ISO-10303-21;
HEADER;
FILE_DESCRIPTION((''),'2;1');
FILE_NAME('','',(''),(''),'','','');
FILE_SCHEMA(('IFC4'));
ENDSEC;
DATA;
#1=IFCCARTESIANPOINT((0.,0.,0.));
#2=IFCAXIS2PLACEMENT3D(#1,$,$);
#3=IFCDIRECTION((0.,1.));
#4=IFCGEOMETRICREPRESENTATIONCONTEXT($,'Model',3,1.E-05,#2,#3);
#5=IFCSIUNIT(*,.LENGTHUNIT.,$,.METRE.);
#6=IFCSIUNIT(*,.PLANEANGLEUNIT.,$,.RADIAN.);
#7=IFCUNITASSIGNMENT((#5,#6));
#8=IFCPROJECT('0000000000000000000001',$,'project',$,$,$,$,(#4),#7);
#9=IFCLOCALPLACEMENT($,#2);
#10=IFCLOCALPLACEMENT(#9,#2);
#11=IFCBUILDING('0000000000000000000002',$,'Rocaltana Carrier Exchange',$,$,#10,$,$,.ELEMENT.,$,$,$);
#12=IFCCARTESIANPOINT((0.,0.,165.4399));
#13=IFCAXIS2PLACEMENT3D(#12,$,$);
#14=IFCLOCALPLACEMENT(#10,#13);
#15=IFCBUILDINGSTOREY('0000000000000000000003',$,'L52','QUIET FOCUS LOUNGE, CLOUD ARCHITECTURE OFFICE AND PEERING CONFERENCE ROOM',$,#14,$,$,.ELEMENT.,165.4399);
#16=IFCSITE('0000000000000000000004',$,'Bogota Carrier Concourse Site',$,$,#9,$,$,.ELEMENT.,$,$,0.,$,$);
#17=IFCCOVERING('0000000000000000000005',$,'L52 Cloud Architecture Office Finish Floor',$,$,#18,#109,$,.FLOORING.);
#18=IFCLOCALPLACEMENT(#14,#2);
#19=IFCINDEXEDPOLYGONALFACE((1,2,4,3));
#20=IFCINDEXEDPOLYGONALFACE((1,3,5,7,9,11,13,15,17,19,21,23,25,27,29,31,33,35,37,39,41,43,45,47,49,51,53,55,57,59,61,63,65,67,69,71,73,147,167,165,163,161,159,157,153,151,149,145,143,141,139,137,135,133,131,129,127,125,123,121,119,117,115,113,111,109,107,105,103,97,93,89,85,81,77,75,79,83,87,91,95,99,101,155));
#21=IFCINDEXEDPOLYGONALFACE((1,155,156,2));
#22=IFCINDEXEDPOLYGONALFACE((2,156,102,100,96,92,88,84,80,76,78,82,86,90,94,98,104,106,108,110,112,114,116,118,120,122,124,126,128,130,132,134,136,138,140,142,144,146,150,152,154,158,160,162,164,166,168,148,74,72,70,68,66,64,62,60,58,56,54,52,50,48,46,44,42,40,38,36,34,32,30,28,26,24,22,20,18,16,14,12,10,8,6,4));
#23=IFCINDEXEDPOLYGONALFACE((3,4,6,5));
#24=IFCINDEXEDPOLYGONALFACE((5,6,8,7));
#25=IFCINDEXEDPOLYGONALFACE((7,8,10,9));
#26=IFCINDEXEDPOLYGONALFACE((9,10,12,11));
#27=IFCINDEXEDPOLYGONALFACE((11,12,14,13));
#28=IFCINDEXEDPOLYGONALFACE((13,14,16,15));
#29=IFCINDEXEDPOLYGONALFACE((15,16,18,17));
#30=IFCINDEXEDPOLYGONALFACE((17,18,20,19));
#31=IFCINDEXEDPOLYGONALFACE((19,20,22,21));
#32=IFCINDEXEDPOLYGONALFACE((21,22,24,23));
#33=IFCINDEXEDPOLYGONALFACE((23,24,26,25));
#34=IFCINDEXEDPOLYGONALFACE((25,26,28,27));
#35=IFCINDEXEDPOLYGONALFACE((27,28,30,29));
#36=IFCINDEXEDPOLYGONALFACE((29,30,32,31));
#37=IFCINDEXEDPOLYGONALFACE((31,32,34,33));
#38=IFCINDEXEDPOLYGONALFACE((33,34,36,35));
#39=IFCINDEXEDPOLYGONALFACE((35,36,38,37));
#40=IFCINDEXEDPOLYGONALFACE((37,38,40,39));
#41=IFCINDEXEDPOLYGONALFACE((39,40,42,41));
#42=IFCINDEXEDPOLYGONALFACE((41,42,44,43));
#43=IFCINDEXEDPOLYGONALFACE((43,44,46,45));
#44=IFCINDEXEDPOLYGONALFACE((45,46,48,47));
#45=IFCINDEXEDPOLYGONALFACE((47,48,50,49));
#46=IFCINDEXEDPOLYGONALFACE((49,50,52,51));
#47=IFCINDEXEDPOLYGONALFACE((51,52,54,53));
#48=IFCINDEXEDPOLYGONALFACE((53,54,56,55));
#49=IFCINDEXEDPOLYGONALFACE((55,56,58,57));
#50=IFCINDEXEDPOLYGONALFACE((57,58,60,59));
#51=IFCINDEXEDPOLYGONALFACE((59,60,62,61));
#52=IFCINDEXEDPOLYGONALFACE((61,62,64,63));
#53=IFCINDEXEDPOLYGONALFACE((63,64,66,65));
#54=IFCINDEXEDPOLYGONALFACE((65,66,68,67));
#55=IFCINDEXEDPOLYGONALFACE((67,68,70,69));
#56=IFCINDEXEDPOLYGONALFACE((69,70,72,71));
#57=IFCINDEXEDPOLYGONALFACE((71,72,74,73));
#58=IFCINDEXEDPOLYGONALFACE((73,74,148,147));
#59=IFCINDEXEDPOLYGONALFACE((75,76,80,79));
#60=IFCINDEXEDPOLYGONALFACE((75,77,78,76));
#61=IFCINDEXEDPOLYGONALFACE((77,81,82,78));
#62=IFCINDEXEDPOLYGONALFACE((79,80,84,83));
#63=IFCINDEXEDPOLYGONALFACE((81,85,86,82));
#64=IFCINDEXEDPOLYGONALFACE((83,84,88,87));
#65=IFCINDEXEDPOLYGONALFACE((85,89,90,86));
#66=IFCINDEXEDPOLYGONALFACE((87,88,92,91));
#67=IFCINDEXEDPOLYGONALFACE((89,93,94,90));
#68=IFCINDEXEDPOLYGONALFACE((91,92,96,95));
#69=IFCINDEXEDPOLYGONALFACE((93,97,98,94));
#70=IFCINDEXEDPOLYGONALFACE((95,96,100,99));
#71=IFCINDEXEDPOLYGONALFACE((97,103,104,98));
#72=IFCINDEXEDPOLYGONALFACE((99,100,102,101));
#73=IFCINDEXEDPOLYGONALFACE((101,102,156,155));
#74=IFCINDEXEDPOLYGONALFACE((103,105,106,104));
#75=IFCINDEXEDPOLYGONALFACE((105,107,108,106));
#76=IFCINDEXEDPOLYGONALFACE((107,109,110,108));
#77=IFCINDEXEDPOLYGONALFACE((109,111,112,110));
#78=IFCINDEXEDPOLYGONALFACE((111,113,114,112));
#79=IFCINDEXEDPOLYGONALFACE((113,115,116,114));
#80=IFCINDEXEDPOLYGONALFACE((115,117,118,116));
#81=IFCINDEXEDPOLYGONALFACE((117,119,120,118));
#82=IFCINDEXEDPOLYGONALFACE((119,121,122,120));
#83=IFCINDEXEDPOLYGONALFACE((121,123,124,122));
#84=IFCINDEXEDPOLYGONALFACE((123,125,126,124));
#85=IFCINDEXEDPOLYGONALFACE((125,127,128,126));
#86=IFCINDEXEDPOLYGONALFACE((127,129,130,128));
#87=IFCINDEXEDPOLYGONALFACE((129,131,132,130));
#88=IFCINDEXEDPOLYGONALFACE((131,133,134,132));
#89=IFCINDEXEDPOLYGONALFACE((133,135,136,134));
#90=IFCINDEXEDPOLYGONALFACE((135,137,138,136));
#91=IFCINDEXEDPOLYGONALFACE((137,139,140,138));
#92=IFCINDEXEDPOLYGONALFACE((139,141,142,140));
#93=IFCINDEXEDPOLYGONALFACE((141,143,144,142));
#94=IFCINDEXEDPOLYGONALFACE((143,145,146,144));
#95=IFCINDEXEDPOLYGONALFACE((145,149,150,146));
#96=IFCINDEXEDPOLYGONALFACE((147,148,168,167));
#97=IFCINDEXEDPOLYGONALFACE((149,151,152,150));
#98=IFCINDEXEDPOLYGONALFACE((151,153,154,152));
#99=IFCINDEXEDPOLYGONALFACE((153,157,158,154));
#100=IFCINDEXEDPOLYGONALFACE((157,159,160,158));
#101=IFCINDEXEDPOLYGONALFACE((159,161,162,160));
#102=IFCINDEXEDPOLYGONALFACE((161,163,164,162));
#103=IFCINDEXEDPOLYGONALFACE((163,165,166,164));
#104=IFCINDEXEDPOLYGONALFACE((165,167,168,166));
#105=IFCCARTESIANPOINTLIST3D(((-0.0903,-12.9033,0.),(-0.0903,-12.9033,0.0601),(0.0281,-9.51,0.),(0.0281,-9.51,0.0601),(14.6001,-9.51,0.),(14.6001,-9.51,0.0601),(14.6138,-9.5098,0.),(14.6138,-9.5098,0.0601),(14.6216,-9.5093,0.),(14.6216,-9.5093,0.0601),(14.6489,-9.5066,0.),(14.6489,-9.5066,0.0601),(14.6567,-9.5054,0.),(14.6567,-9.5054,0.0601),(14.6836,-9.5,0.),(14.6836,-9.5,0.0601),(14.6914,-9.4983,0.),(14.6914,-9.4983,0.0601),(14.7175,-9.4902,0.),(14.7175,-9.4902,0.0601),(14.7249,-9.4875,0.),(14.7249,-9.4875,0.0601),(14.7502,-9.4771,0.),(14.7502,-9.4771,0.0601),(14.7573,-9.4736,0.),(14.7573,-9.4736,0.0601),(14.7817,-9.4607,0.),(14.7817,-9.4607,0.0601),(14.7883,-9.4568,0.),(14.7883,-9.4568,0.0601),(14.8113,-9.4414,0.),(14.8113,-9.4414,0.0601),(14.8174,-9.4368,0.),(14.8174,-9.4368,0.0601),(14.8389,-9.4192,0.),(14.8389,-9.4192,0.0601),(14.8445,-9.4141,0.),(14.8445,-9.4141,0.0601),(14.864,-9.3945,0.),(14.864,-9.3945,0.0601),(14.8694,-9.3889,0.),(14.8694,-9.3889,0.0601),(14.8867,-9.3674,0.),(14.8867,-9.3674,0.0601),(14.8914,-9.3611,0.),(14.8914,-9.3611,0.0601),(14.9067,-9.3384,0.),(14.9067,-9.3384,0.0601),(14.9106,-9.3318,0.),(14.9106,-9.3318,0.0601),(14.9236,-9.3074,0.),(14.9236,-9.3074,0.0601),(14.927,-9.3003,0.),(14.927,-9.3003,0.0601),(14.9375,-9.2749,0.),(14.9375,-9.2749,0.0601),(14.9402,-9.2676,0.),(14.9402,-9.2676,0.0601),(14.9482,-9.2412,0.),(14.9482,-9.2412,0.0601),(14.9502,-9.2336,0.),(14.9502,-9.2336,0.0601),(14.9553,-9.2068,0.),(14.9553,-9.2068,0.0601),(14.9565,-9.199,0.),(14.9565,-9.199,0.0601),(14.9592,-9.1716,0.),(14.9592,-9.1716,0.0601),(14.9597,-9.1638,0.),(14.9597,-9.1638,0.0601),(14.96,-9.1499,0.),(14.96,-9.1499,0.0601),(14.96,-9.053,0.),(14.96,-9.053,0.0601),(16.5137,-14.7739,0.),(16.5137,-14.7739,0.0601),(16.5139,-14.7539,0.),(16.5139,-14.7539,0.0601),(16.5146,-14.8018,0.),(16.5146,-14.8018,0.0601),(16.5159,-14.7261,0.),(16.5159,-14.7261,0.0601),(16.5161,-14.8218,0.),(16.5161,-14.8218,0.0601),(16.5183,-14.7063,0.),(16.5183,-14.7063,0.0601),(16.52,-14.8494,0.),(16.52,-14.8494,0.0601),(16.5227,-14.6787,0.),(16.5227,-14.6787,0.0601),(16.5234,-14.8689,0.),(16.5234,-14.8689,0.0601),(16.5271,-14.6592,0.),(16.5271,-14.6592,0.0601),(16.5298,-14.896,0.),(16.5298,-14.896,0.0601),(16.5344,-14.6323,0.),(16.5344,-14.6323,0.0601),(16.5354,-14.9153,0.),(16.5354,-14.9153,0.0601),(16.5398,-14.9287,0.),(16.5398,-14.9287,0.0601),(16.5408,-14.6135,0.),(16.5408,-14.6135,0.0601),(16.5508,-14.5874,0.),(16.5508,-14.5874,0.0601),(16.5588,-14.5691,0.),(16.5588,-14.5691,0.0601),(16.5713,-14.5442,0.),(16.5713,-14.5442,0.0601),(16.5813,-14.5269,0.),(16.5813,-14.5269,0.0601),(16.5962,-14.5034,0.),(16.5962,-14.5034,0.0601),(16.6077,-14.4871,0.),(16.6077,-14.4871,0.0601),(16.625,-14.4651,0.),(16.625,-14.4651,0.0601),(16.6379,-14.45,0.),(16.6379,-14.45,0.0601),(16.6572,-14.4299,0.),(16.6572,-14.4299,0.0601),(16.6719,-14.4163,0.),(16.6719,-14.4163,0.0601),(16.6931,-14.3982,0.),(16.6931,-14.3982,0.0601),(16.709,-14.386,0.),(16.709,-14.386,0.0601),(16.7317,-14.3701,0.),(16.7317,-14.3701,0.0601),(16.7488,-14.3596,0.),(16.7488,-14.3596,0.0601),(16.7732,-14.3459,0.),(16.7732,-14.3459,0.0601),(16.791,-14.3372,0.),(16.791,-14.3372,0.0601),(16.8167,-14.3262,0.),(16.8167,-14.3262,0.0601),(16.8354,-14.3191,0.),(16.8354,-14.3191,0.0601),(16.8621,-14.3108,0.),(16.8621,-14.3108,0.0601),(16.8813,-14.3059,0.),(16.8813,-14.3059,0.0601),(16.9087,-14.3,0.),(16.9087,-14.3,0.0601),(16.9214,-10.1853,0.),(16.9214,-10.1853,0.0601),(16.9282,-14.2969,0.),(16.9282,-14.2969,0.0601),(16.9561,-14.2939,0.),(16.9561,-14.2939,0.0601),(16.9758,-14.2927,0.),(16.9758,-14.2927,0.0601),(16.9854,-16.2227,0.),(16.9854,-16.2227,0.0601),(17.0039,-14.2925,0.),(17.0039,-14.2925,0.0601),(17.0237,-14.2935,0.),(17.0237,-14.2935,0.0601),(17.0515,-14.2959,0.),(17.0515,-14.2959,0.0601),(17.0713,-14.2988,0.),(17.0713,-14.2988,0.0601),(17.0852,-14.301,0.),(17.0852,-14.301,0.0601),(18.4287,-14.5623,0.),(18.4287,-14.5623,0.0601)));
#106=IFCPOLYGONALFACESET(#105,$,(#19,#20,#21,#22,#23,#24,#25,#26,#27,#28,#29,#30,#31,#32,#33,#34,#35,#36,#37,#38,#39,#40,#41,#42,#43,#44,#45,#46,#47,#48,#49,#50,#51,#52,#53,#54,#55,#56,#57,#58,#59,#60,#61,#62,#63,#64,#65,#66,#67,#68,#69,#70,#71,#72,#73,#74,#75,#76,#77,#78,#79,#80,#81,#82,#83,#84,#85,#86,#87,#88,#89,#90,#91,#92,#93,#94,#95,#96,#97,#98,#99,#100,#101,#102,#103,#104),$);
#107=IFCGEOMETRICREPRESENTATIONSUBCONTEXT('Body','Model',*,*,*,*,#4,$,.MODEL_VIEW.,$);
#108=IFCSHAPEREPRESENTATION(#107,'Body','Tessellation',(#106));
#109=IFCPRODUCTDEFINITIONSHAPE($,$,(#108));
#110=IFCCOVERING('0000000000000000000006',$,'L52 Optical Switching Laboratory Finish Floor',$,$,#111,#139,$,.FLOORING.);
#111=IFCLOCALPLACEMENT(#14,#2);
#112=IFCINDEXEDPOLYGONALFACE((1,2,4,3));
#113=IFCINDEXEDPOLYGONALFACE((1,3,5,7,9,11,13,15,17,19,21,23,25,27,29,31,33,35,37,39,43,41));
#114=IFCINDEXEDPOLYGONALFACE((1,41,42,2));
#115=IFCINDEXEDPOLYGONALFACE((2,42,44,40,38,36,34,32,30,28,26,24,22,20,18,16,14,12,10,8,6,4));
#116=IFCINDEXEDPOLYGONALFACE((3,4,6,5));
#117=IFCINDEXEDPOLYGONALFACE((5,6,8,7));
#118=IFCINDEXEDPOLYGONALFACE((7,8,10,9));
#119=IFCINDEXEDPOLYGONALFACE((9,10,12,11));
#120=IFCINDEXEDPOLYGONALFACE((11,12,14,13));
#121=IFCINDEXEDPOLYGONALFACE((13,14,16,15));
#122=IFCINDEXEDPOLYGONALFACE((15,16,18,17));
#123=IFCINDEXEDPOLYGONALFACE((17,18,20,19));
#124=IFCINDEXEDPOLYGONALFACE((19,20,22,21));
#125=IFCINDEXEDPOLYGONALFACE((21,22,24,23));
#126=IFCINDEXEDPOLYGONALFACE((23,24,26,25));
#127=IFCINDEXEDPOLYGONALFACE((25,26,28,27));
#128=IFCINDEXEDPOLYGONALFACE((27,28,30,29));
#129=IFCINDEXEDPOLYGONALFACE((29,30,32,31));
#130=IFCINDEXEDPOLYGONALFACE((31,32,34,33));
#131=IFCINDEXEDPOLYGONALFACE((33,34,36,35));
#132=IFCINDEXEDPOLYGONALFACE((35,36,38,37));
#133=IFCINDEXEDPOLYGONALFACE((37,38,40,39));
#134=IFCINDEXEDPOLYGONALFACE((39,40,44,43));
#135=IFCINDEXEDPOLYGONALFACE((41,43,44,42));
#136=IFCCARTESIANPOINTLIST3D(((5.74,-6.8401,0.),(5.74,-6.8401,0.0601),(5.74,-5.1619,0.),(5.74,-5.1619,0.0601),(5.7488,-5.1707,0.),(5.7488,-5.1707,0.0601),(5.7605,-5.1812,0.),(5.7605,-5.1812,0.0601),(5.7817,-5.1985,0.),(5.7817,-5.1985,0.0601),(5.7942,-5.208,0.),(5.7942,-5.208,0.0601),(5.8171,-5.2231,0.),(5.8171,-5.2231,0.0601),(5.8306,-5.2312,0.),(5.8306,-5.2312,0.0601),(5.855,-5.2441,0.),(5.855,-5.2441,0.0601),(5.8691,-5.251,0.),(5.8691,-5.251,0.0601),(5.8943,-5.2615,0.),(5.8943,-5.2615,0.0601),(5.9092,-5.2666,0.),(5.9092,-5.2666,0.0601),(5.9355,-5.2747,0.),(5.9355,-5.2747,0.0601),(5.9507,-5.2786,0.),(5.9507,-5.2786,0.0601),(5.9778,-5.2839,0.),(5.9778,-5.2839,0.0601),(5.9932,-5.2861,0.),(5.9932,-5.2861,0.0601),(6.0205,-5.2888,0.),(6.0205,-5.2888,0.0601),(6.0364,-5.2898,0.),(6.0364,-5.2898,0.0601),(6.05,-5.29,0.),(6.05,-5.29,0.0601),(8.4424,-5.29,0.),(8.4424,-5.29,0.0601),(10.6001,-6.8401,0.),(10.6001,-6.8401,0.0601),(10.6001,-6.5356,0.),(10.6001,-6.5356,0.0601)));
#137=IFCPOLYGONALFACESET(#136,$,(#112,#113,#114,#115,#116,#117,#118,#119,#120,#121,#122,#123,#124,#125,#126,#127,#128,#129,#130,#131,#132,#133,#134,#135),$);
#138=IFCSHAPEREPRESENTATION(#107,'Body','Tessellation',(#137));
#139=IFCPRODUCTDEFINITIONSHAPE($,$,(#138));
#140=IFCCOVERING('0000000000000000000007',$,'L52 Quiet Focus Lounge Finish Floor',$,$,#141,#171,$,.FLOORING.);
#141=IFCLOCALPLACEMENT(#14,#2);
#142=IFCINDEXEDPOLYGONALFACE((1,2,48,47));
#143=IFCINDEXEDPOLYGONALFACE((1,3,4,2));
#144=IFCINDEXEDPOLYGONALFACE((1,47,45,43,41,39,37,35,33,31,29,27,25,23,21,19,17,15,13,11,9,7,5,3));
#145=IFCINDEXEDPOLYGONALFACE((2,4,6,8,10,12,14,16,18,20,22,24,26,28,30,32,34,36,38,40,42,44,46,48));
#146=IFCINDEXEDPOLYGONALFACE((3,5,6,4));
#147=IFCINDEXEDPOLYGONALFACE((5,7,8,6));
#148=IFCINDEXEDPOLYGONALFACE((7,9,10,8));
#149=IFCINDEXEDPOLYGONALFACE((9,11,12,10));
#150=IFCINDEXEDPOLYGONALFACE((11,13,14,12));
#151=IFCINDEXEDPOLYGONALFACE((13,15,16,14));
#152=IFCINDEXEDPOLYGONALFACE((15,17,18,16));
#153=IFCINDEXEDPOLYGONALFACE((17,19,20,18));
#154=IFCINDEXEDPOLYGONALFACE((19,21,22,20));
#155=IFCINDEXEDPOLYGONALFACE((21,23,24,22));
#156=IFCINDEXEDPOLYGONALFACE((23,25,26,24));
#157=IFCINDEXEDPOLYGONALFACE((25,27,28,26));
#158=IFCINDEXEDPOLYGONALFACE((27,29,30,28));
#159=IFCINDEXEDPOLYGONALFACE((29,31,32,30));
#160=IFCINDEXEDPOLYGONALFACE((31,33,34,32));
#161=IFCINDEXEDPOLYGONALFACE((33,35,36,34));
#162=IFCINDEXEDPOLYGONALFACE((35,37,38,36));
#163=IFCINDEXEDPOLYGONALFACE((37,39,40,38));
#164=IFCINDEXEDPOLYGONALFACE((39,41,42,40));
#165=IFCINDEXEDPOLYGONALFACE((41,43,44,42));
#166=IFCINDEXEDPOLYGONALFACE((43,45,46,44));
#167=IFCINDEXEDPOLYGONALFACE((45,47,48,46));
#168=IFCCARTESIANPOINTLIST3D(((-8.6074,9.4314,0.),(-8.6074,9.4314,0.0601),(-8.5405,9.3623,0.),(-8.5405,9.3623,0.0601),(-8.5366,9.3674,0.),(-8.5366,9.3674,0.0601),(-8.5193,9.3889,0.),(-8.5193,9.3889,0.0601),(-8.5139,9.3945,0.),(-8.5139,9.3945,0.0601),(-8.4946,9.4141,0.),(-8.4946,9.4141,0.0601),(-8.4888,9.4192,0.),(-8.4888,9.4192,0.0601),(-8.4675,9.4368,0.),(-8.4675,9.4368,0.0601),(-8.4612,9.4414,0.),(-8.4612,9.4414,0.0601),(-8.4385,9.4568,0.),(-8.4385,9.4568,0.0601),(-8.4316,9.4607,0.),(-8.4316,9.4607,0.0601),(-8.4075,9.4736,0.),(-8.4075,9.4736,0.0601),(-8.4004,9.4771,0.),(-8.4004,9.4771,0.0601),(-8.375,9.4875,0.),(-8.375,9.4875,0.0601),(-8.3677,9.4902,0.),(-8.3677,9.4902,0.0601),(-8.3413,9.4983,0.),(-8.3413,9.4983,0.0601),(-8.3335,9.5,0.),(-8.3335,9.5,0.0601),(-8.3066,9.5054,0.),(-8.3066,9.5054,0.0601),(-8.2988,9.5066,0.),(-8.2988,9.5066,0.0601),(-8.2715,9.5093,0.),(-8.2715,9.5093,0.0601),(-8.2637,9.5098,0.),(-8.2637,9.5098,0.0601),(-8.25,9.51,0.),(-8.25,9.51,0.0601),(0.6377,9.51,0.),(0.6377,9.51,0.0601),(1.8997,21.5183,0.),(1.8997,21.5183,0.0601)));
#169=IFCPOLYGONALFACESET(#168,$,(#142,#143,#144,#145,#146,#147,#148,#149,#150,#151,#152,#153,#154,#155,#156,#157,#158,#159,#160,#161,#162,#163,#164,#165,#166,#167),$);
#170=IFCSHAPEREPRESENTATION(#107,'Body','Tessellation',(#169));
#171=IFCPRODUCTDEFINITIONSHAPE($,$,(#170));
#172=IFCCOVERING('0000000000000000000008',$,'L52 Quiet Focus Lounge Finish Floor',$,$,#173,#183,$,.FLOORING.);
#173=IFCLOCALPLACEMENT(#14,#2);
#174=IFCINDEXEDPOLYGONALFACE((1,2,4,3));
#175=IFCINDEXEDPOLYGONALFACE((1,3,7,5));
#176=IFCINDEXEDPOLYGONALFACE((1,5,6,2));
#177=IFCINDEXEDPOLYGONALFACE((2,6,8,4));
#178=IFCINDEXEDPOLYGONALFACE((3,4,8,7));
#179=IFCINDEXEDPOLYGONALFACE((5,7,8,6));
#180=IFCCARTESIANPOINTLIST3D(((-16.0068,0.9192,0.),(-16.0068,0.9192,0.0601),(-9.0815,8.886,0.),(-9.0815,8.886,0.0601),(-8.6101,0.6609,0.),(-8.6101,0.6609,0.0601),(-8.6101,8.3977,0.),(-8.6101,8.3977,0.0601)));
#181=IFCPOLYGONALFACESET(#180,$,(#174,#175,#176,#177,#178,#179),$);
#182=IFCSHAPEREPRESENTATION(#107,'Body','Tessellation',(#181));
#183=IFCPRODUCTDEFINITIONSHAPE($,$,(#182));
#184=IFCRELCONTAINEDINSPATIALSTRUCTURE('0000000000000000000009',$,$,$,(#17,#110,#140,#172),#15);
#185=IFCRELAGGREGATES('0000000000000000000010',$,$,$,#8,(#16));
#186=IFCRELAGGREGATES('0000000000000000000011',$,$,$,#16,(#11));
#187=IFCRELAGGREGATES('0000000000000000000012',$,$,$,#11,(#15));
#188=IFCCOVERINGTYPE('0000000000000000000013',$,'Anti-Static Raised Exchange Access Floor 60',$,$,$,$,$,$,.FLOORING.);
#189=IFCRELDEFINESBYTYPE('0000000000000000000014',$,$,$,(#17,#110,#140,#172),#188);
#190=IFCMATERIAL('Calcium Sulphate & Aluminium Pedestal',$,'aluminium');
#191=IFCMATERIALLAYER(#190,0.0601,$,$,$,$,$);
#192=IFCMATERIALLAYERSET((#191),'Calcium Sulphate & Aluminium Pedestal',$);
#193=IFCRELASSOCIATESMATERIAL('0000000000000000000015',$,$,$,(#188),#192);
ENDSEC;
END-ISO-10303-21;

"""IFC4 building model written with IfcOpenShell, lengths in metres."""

from ifc_helpers import new_model, si_unit, direction, frame, origin, place, context, subcontext, project, spatial, polyline, outline, extrude, material, layer, layer_set, type_object, element, save


model = new_model("IFC4")

# Units and contexts
model_context = context("Model", 3, precision=1e-05, world=origin(), true_north=direction((0.0, 1.0)))
body_context = subcontext(model_context, "Body", "Model", "MODEL_VIEW")
ifc_project = project(units=[si_unit("LENGTHUNIT", "METRE"), si_unit("PLANEANGLEUNIT", "RADIAN")], contexts=[model_context])

# Site, building, storey
site_placement = place(None, origin())
site = spatial("IfcSite", under=ifc_project, at=site_placement, Name="Bogota Carrier Concourse Site", CompositionType="ELEMENT", RefElevation=0.0)
building_placement = place(site_placement, origin())
building = spatial("IfcBuilding", under=site, at=building_placement, Name="Rocaltana Carrier Exchange", CompositionType="ELEMENT")
storey_placement = place(building_placement, frame((0.0, 0.0, 165.4399)))
storey = spatial("IfcBuildingStorey", under=building, at=storey_placement, Name="L52", Description="QUIET FOCUS LOUNGE, CLOUD ARCHITECTURE OFFICE AND PEERING CONFERENCE ROOM", CompositionType="ELEMENT", Elevation=165.4399)

# Coverings
ifc_material_1 = material(Name="Calcium Sulphate & Aluminium Pedestal", Category="aluminium")
ifc_layer_1 = layer(ifc_material_1, 0.0601)
ifc_layer_set_1 = layer_set([ifc_layer_1], Name="Calcium Sulphate & Aluminium Pedestal")
covering_type_1 = type_object("IfcCoveringType", Name="Anti-Static Raised Exchange Access Floor 60", PredefinedType="FLOORING", material=ifc_layer_set_1)
covering_1_placement = place(storey_placement, origin())
element("IfcCovering", 1, at=covering_1_placement, inside=storey, type_object=covering_type_1, Name="L52 Cloud Architecture Office Finish Floor", PredefinedType="FLOORING", context=body_context, shape_type="SweptSolid", body=[
    extrude(outline(polyline([(18.4287, -14.5623), (17.0852, -14.301), (17.0713, -14.2988), (17.0515, -14.2959), (17.0237, -14.2935), (17.0039, -14.2925), (16.9758, -14.2927), (16.9561, -14.2939), (16.9282, -14.2969), (16.9087, -14.3), (16.8813, -14.3059), (16.8621, -14.3108), (16.8354, -14.3191), (16.8167, -14.3262), (16.791, -14.3372), (16.7732, -14.3459), (16.7488, -14.3596), (16.7317, -14.3701), (16.709, -14.386), (16.6931, -14.3982), (16.6719, -14.4163), (16.6572, -14.4299), (16.6379, -14.45), (16.625, -14.4651), (16.6077, -14.4871), (16.5962, -14.5034), (16.5813, -14.5269), (16.5713, -14.5442), (16.5588, -14.5691), (16.5508, -14.5874), (16.5408, -14.6135), (16.5344, -14.6323), (16.5271, -14.6592), (16.5227, -14.6787), (16.5183, -14.7063), (16.5159, -14.7261), (16.5139, -14.7539), (16.5137, -14.7739), (16.5146, -14.8018), (16.5161, -14.8218), (16.52, -14.8494), (16.5234, -14.8689), (16.5298, -14.896), (16.5354, -14.9153), (16.5398, -14.9287), (16.9854, -16.2227), (-0.0903, -12.9033), (0.0281, -9.51), (14.6001, -9.51), (14.6138, -9.5098), (14.6216, -9.5093), (14.6489, -9.5066), (14.6567, -9.5054), (14.6836, -9.5), (14.6914, -9.4983), (14.7175, -9.4902), (14.7249, -9.4875), (14.7502, -9.4771), (14.7573, -9.4736), (14.7817, -9.4607), (14.7883, -9.4568), (14.8113, -9.4414), (14.8174, -9.4368), (14.8389, -9.4192), (14.8445, -9.4141), (14.864, -9.3945), (14.8694, -9.3889), (14.8867, -9.3674), (14.8914, -9.3611), (14.9067, -9.3384), (14.9106, -9.3318), (14.9236, -9.3074), (14.927, -9.3003), (14.9375, -9.2749), (14.9402, -9.2676), (14.9482, -9.2412), (14.9502, -9.2336), (14.9553, -9.2068), (14.9565, -9.199), (14.9592, -9.1716), (14.9597, -9.1638), (14.96, -9.1499), (14.96, -9.053), (16.9214, -10.1853), (18.4287, -14.5623)])), origin(), (0.0, 0.0, 1.0), 0.0601),
])
covering_2_placement = place(storey_placement, origin())
element("IfcCovering", 2, at=covering_2_placement, inside=storey, type_object=covering_type_1, Name="L52 Optical Switching Laboratory Finish Floor", PredefinedType="FLOORING", context=body_context, shape_type="SweptSolid", body=[
    extrude(outline(polyline([(5.74, -6.8401), (5.74, -5.1619), (5.7488, -5.1707), (5.7605, -5.1812), (5.7817, -5.1985), (5.7942, -5.208), (5.8171, -5.2231), (5.8306, -5.2312), (5.855, -5.2441), (5.8691, -5.251), (5.8943, -5.2615), (5.9092, -5.2666), (5.9355, -5.2747), (5.9507, -5.2786), (5.9778, -5.2839), (5.9932, -5.2861), (6.0205, -5.2888), (6.0364, -5.2898), (6.05, -5.29), (8.4424, -5.29), (10.6001, -6.5356), (10.6001, -6.8401), (5.74, -6.8401)])), origin(), (0.0, 0.0, 1.0), 0.0601),
])
covering_3_placement = place(storey_placement, origin())
element("IfcCovering", 3, at=covering_3_placement, inside=storey, type_object=covering_type_1, Name="L52 Quiet Focus Lounge Finish Floor", PredefinedType="FLOORING", context=body_context, shape_type="SweptSolid", body=[
    extrude(outline(polyline([(-8.5405, 9.3623), (-8.6074, 9.4314), (1.8997, 21.5183), (0.6377, 9.51), (-8.25, 9.51), (-8.2637, 9.5098), (-8.2715, 9.5093), (-8.2988, 9.5066), (-8.3066, 9.5054), (-8.3335, 9.5), (-8.3413, 9.4983), (-8.3677, 9.4902), (-8.375, 9.4875), (-8.4004, 9.4771), (-8.4075, 9.4736), (-8.4316, 9.4607), (-8.4385, 9.4568), (-8.4612, 9.4414), (-8.4675, 9.4368), (-8.4888, 9.4192), (-8.4946, 9.4141), (-8.5139, 9.3945), (-8.5193, 9.3889), (-8.5366, 9.3674), (-8.5405, 9.3623)])), origin(), (0.0, 0.0, 1.0), 0.0601),
])
covering_4_placement = place(storey_placement, origin())
element("IfcCovering", 4, at=covering_4_placement, inside=storey, type_object=covering_type_1, Name="L52 Quiet Focus Lounge Finish Floor", PredefinedType="FLOORING", context=body_context, shape_type="SweptSolid", body=[
    extrude(outline(polyline([(-9.0815, 8.886), (-8.6101, 8.3977), (-8.6101, 0.6609), (-16.0068, 0.9192), (-9.0815, 8.886)])), origin(), (0.0, 0.0, 1.0), 0.0601),
])

save(model, "model.ifc")
